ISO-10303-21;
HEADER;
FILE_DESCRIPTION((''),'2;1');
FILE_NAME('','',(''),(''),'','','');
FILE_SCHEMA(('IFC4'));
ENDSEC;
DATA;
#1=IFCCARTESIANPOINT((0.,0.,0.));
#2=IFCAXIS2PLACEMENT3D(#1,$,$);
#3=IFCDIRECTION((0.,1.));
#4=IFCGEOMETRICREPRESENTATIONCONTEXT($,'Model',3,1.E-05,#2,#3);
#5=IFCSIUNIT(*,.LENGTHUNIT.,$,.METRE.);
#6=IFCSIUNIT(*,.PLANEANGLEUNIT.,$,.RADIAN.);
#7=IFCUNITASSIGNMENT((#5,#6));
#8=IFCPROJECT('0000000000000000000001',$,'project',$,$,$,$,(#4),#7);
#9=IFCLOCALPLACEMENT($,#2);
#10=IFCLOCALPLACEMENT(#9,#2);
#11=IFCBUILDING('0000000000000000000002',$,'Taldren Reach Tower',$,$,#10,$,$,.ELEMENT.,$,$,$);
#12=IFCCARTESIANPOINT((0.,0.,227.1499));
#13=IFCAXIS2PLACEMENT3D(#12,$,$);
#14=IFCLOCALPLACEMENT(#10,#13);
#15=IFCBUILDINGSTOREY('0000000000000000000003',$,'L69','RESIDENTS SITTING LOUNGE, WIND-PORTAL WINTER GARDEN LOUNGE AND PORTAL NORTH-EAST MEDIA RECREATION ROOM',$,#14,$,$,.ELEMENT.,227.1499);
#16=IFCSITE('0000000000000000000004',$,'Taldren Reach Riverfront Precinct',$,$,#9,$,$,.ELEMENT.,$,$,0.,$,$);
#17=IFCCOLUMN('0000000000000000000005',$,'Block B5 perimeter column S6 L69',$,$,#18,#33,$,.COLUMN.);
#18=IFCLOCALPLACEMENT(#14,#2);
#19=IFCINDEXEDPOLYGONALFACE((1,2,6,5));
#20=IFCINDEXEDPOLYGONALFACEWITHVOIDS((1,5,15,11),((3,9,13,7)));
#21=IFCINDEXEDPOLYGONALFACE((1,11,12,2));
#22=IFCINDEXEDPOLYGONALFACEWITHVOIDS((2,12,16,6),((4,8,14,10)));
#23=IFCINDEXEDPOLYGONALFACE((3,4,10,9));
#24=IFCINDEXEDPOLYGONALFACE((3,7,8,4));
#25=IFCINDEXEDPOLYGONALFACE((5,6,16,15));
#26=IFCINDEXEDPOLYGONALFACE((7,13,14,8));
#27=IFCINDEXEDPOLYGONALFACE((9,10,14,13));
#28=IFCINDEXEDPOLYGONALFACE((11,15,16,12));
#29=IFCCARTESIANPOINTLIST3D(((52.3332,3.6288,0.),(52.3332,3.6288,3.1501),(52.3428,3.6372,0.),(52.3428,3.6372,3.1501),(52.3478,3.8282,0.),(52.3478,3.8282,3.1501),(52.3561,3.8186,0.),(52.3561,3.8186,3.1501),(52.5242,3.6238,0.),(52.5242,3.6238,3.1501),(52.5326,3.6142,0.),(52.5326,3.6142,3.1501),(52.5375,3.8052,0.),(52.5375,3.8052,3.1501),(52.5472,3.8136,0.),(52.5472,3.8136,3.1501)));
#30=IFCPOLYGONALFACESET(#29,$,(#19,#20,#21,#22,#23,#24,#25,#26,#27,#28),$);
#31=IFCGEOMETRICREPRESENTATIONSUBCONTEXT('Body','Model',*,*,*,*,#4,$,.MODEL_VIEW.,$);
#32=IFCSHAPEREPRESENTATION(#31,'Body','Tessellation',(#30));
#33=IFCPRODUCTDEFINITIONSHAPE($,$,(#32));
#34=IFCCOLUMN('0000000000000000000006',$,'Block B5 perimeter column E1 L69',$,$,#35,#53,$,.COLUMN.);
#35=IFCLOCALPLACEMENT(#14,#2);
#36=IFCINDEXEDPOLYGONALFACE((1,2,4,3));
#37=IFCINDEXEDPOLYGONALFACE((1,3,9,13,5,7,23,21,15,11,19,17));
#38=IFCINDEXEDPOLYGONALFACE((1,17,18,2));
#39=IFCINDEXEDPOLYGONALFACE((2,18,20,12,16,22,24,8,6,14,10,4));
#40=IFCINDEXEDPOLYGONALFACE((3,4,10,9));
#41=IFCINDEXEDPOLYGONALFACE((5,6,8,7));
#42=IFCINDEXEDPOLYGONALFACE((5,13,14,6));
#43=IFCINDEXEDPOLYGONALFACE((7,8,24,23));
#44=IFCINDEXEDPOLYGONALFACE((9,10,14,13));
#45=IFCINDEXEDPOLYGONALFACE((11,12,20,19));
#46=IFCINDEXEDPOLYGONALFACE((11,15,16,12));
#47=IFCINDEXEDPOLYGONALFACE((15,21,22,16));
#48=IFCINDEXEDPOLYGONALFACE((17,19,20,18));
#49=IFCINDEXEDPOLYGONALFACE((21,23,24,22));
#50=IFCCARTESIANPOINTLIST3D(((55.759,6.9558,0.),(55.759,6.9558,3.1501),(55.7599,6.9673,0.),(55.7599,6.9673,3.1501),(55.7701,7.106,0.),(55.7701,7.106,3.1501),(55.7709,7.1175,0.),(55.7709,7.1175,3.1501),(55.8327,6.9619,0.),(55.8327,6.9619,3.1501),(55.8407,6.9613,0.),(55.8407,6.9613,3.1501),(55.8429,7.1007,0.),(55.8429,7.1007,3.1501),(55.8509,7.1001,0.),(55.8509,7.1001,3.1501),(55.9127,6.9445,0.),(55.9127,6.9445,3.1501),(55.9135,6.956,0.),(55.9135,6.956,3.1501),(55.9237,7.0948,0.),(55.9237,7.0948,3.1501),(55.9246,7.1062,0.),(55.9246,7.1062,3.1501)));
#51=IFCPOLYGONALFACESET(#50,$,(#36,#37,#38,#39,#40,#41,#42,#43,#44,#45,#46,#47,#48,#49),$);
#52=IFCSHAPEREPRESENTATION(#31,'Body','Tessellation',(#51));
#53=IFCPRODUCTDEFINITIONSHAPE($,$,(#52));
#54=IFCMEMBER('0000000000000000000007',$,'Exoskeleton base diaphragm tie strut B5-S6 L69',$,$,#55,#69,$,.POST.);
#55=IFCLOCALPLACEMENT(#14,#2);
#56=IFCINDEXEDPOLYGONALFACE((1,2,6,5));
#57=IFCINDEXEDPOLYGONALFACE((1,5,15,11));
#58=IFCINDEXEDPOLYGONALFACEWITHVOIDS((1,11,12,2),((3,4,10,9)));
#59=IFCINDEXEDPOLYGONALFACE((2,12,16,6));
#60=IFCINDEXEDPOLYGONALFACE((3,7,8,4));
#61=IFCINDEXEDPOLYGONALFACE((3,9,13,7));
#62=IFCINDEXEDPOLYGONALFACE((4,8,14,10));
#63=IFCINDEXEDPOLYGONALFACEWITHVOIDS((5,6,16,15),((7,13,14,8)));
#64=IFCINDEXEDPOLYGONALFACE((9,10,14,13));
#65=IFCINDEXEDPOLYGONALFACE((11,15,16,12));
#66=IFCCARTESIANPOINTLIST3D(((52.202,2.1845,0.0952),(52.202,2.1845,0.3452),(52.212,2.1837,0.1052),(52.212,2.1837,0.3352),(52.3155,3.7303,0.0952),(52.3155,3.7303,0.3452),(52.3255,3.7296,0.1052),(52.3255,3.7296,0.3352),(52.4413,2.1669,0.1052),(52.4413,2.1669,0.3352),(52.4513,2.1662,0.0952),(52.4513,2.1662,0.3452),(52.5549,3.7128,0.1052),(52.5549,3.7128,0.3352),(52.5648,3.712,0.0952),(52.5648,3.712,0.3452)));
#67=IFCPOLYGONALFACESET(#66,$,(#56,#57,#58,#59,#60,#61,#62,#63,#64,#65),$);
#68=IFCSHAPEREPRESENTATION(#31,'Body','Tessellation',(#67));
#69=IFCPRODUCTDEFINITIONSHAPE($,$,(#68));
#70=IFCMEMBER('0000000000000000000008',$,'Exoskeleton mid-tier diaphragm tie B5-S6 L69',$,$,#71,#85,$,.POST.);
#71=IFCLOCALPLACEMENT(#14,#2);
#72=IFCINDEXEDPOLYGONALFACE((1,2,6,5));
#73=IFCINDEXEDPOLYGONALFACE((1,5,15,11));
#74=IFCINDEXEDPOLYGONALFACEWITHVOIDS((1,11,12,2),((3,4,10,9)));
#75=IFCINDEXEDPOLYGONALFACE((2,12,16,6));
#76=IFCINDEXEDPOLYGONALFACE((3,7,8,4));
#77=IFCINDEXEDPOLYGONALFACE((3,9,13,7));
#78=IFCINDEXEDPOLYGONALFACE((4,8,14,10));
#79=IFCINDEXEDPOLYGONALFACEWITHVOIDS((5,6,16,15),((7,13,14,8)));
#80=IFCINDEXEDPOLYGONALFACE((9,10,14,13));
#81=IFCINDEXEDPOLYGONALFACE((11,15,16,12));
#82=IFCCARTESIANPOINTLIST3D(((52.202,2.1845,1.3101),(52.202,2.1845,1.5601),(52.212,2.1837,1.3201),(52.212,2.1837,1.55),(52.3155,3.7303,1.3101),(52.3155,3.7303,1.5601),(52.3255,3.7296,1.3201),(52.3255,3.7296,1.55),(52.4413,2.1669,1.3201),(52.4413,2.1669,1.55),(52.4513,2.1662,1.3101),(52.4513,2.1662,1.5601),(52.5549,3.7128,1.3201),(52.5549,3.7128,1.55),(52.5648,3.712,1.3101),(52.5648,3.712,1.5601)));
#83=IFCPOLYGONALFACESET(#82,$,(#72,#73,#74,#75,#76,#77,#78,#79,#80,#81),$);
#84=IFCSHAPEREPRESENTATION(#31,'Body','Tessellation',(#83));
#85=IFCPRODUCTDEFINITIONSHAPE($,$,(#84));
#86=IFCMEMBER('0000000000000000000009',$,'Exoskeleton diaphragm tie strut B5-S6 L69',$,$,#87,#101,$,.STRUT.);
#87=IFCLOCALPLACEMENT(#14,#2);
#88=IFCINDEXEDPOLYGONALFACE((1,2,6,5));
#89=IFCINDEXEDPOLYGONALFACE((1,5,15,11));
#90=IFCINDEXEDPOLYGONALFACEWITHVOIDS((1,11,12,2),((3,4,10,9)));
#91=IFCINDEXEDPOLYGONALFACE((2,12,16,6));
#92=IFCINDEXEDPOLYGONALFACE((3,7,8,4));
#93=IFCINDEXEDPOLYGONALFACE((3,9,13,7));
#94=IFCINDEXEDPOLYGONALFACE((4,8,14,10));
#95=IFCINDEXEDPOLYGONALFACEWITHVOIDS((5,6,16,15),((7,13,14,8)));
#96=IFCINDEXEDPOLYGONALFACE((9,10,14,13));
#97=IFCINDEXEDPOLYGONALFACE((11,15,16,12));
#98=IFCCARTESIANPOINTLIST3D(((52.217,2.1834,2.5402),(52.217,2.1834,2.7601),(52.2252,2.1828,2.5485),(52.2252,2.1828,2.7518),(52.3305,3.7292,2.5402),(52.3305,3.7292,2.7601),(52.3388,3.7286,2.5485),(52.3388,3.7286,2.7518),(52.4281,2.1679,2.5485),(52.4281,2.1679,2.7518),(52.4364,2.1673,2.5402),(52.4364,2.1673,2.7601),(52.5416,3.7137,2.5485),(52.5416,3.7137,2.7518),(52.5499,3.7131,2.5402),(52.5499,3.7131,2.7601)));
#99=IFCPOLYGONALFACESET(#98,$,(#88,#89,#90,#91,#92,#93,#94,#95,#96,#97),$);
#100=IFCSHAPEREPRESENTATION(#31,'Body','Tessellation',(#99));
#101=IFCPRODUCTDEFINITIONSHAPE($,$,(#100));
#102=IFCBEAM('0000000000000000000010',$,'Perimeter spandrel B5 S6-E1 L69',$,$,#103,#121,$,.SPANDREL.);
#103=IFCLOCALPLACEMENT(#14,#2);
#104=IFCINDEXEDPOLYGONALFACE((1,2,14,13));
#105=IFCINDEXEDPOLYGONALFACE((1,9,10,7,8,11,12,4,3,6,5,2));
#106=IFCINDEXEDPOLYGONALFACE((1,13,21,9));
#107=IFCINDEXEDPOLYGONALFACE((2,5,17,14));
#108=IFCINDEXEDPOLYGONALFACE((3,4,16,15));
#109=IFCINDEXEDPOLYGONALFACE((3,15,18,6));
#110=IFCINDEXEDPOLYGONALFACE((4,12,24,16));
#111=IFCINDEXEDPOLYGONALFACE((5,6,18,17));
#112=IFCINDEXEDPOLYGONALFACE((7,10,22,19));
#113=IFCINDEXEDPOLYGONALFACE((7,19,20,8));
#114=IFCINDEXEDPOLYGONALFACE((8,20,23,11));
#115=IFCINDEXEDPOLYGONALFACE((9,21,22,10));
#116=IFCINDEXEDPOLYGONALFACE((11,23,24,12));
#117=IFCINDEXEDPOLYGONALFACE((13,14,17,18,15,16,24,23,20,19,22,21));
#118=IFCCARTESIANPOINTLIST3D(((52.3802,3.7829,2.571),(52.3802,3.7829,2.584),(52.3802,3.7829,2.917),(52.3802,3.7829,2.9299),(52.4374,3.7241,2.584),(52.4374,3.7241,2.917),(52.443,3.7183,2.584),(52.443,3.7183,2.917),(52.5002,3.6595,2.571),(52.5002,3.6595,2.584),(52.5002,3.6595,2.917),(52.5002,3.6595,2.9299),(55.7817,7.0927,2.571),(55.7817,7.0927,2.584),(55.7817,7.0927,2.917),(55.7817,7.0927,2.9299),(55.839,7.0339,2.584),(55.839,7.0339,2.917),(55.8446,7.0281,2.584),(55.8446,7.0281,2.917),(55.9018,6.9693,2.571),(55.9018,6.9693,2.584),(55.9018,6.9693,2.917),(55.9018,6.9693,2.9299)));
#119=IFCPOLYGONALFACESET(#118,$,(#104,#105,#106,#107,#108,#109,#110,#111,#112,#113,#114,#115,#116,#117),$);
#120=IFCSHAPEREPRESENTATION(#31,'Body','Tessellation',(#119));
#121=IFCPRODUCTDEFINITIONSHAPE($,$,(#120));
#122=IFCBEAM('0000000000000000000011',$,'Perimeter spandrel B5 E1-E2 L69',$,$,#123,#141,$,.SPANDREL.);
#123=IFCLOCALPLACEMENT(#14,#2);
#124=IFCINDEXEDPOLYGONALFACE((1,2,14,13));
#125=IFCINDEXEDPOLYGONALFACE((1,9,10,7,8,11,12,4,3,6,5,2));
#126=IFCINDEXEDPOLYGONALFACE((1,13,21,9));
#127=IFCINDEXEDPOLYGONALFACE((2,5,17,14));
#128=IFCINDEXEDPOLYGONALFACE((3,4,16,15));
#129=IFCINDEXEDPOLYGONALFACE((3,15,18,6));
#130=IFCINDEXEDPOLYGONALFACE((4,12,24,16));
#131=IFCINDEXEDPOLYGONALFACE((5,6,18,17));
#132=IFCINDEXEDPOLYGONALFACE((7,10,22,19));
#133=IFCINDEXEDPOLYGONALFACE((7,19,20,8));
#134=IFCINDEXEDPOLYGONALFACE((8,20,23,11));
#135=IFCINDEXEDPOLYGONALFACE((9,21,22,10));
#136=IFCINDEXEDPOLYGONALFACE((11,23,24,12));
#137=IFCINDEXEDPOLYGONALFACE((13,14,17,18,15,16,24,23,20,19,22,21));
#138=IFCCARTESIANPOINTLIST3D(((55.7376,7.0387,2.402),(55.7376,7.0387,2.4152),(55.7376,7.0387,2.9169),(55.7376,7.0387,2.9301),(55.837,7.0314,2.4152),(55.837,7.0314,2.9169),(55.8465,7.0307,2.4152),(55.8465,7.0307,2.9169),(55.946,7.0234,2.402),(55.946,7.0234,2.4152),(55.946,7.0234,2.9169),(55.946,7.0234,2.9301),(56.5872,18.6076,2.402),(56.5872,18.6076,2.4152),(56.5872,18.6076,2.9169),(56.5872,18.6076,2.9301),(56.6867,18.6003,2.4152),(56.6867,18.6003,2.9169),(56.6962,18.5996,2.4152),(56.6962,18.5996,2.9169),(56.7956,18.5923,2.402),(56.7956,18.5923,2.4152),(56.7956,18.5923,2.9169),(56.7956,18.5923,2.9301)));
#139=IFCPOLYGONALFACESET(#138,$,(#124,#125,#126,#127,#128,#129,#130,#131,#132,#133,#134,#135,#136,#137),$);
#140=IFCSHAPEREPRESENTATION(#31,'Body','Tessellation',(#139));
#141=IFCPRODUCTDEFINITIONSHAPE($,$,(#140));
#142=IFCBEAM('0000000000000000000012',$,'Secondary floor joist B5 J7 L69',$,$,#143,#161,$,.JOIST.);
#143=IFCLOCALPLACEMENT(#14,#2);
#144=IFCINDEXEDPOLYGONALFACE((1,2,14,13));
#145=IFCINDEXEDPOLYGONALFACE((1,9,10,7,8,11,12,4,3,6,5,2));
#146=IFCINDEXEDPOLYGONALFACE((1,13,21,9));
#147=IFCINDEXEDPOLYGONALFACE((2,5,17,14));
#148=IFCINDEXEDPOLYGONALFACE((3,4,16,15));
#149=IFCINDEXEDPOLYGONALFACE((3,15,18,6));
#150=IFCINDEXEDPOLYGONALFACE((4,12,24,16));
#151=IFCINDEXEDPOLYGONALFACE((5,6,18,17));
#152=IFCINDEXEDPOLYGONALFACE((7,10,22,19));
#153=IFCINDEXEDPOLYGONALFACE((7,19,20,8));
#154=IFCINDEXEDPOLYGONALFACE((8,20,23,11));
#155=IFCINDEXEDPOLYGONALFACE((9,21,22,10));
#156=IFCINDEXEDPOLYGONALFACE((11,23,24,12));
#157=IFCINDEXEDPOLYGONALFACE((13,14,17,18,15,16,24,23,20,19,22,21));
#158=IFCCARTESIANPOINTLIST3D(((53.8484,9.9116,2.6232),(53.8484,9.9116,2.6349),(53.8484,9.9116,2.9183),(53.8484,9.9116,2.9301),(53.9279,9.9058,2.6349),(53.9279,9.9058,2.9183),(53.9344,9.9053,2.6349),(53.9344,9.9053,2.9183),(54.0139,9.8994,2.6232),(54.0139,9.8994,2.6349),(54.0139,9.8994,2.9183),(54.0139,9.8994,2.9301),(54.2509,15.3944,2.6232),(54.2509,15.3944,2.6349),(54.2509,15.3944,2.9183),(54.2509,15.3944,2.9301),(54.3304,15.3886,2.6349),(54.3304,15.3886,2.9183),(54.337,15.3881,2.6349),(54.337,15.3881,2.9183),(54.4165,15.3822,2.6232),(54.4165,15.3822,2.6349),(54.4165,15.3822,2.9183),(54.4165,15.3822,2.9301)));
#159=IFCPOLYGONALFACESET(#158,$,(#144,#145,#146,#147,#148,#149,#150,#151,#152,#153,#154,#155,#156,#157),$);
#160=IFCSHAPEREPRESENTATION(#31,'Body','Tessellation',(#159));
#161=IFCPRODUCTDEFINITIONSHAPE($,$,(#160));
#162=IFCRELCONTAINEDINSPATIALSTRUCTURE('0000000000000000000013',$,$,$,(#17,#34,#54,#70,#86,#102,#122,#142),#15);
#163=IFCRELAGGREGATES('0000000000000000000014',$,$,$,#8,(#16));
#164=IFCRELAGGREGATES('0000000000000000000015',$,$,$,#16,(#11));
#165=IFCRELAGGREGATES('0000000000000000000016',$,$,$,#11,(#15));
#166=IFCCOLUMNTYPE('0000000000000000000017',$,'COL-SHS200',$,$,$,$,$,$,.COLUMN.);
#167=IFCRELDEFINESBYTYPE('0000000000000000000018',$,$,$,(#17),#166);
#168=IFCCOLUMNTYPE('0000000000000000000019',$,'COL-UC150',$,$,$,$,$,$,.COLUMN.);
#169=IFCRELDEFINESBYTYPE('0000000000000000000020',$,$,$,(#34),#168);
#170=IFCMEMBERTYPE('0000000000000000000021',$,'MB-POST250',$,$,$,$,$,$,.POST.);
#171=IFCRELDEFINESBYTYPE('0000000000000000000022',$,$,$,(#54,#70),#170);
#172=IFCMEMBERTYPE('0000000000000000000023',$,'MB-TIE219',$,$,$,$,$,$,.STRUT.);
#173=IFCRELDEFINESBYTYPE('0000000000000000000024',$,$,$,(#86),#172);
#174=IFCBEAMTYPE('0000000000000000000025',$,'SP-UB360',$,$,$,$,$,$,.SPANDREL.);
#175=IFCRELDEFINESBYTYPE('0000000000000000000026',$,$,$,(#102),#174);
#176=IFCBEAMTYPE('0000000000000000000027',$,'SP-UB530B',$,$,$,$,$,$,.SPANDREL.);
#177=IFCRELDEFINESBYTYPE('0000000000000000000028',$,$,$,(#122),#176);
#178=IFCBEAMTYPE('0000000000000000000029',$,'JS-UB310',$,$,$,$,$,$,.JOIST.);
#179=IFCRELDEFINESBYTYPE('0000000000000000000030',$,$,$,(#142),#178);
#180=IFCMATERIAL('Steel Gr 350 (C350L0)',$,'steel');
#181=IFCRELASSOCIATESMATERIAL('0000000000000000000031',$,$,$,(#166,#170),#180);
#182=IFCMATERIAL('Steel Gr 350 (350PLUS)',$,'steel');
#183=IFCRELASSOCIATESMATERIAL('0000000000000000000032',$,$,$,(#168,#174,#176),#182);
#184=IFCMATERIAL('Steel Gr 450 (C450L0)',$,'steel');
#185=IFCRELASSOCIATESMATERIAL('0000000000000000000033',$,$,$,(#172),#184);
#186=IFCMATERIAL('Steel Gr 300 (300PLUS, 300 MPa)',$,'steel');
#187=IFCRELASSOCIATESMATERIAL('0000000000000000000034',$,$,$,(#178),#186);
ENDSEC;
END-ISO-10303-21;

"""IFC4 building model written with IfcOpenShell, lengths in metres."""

from ifc_helpers import new_model, si_unit, direction, frame, origin, origin_2d, place, context, subcontext, project, spatial, hollow_rectangle, i_section, extrude, source, transform, mapped, material, material_profile, profile_set, type_object, element, save


model = new_model("IFC4")

# Units and contexts
model_context = context("Model", 3, precision=1e-05, world=origin(), true_north=direction((0.0, 1.0)))
body_context = subcontext(model_context, "Body", "Model", "MODEL_VIEW")
ifc_project = project(units=[si_unit("LENGTHUNIT", "METRE"), si_unit("PLANEANGLEUNIT", "RADIAN")], contexts=[model_context])

# Site, building, storey
site_placement = place(None, origin())
site = spatial("IfcSite", under=ifc_project, at=site_placement, Name="Taldren Reach Riverfront Precinct", CompositionType="ELEMENT", RefElevation=0.0)
building_placement = place(site_placement, origin())
building = spatial("IfcBuilding", under=site, at=building_placement, Name="Taldren Reach Tower", CompositionType="ELEMENT")
storey_placement = place(building_placement, frame((0.0, 0.0, 227.1499)))
storey = spatial("IfcBuildingStorey", under=building, at=storey_placement, Name="L69", Description="RESIDENTS SITTING LOUNGE, WIND-PORTAL WINTER GARDEN LOUNGE AND PORTAL NORTH-EAST MEDIA RECREATION ROOM", CompositionType="ELEMENT", Elevation=227.1499)

# Columns
ifc_material_1 = material(Name="Steel Gr 350 (C350L0)", Category="steel")
ifc_material_profile_1 = material_profile(ifc_material_1, hollow_rectangle(XDim=0.2, YDim=0.2, WallThickness=0.009, at=origin_2d()), Name="200x200x9.0SHS")
ifc_profile_set_1 = profile_set([ifc_material_profile_1], Name="Steel Gr 350 (C350L0)")
column_type_1 = type_object("IfcColumnType", Name="COL-SHS200", PredefinedType="COLUMN", material=ifc_profile_set_1)
shared_shape_1 = source(origin(), body_context, "Body", "SweptSolid", [
    extrude(hollow_rectangle(XDim=0.2, YDim=0.2, WallThickness=0.009, at=origin_2d()), origin(), (0.0, 0.0, 1.0), 3.1501),
])
column_1_placement = place(storey_placement, frame((52.4402, 3.7212, 0.0), z_axis=(0.0, 0.0, 1.0), x_axis=(0.997314, -0.073238, 0.0)))
element("IfcColumn", 1, at=column_1_placement, inside=storey, type_object=column_type_1, Name="Block B5 perimeter column S6 L69", PredefinedType="COLUMN", context=body_context, shape_type="MappedRepresentation", body=[
    mapped(shared_shape_1, transform((0.0, 0.0, 0.0), scale=1.0)),
])
ifc_material_2 = material(Name="Steel Gr 350 (350PLUS)", Category="steel")
ifc_material_profile_2 = material_profile(ifc_material_2, i_section(OverallWidth=0.1541, OverallDepth=0.1621, WebThickness=0.0081, FlangeThickness=0.0115, at=origin_2d()), Name="150UC37.2")
ifc_profile_set_2 = profile_set([ifc_material_profile_2], Name="Steel Gr 350 (350PLUS)")
column_type_2 = type_object("IfcColumnType", Name="COL-UC150", PredefinedType="COLUMN", material=ifc_profile_set_2)
shared_shape_2 = source(origin(), body_context, "Body", "SweptSolid", [
    extrude(i_section(OverallWidth=0.1541, OverallDepth=0.1621, WebThickness=0.0081, FlangeThickness=0.0115, at=origin_2d()), origin(), (0.0, 0.0, 1.0), 3.1501),
])
column_2_placement = place(storey_placement, frame((55.8418, 7.031, 0.0), z_axis=(0.0, 0.0, 1.0), x_axis=(0.997314, -0.073238, 0.0)))
element("IfcColumn", 2, at=column_2_placement, inside=storey, type_object=column_type_2, Name="Block B5 perimeter column E1 L69", PredefinedType="COLUMN", context=body_context, shape_type="MappedRepresentation", body=[
    mapped(shared_shape_2, transform((0.0, 0.0, 0.0), scale=1.0)),
])

# Members
ifc_material_profile_3 = material_profile(ifc_material_1, hollow_rectangle(XDim=0.25, YDim=0.25, WallThickness=0.01, at=origin_2d()), Name="250x250x10.0SHS")
ifc_profile_set_3 = profile_set([ifc_material_profile_3], Name="Steel Gr 350 (C350L0)")
member_type_1 = type_object("IfcMemberType", Name="MB-POST250", PredefinedType="POST", material=ifc_profile_set_3)
shared_shape_3 = source(origin(), body_context, "Body", "SweptSolid", [
    extrude(hollow_rectangle(XDim=0.25, YDim=0.25, WallThickness=0.01, at=origin_2d()), origin(), (0.0, 0.0, 1.0), 1.55),
])
for number, where, z_axis, x_axis, name in (
    (3, (52.4402, 3.7212, 0.2202), (-0.073239, -0.997314, 0.0), (0.997314, -0.073239, 0.0), "Exoskeleton base diaphragm tie strut B5-S6 L69"),
    (4, (52.4402, 3.7212, 1.4351), (-0.073239, -0.997314, 0.0), (0.997314, -0.073239, 0.0), "Exoskeleton mid-tier diaphragm tie B5-S6 L69"),
):
    element("IfcMember", number, at=place(storey_placement, frame(where, z_axis=z_axis, x_axis=x_axis)), inside=storey, type_object=member_type_1, Name=name, PredefinedType="POST", context=body_context, shape_type="MappedRepresentation", body=[
        mapped(shared_shape_3, transform((0.0, 0.0, 0.0), scale=1.0)),
    ])
ifc_material_3 = material(Name="Steel Gr 450 (C450L0)", Category="steel")
ifc_material_profile_4 = material_profile(ifc_material_3, hollow_rectangle(XDim=0.22, YDim=0.22, WallThickness=0.0083, at=origin_2d()), Name="220x220x8.2SHS")
ifc_profile_set_4 = profile_set([ifc_material_profile_4], Name="Steel Gr 450 (C450L0)")
member_type_2 = type_object("IfcMemberType", Name="MB-TIE219", PredefinedType="STRUT", material=ifc_profile_set_4)
shared_shape_4 = source(origin(), body_context, "Body", "SweptSolid", [
    extrude(hollow_rectangle(XDim=0.22, YDim=0.22, WallThickness=0.0083, at=origin_2d()), origin(), (0.0, 0.0, 1.0), 1.55),
])
member_1_placement = place(storey_placement, frame((52.4402, 3.7212, 2.6501), z_axis=(-0.073239, -0.997314, 0.0), x_axis=(0.997314, -0.073239, 0.0)))
element("IfcMember", 5, at=member_1_placement, inside=storey, type_object=member_type_2, Name="Exoskeleton diaphragm tie strut B5-S6 L69", PredefinedType="STRUT", context=body_context, shape_type="MappedRepresentation", body=[
    mapped(shared_shape_4, transform((0.0, 0.0, 0.0), scale=1.0)),
])

# Beams
ifc_material_profile_5 = material_profile(ifc_material_2, i_section(OverallWidth=0.1721, OverallDepth=0.3589, WebThickness=0.0081, FlangeThickness=0.0129, at=origin_2d()), Name="360UB56.7")
ifc_profile_set_5 = profile_set([ifc_material_profile_5], Name="Steel Gr 350 (350PLUS)")
beam_type_1 = type_object("IfcBeamType", Name="SP-UB360", PredefinedType="SPANDREL", material=ifc_profile_set_5)
shared_shape_5 = source(origin(), body_context, "Body", "SweptSolid", [
    extrude(i_section(OverallWidth=0.1721, OverallDepth=0.3589, WebThickness=0.0081, FlangeThickness=0.0129, at=origin_2d()), origin(), (0.0, 0.0, 1.0), 4.7461),
])
beam_1_placement = place(storey_placement, frame((52.4402, 3.7212, 2.7505), z_axis=(0.716711, 0.69737, 0.0), x_axis=(-0.69737, 0.716711, 0.0)))
element("IfcBeam", 6, at=beam_1_placement, inside=storey, type_object=beam_type_1, Name="Perimeter spandrel B5 S6-E1 L69", PredefinedType="SPANDREL", context=body_context, shape_type="MappedRepresentation", body=[
    mapped(shared_shape_5, transform((0.0, 0.0, 0.0), scale=1.0)),
])
ifc_material_profile_6 = material_profile(ifc_material_2, i_section(OverallWidth=0.209, OverallDepth=0.5281, WebThickness=0.0095, FlangeThickness=0.0132, at=origin_2d()), Name="530UB82.0")
ifc_profile_set_6 = profile_set([ifc_material_profile_6], Name="Steel Gr 350 (350PLUS)")
beam_type_2 = type_object("IfcBeamType", Name="SP-UB530B", PredefinedType="SPANDREL", material=ifc_profile_set_6)
shared_shape_6 = source(origin(), body_context, "Body", "SweptSolid", [
    extrude(i_section(OverallWidth=0.209, OverallDepth=0.5281, WebThickness=0.0095, FlangeThickness=0.0132, at=origin_2d()), origin(), (0.0, 0.0, 1.0), 11.6001),
])
beam_2_placement = place(storey_placement, frame((55.8418, 7.031, 2.666), z_axis=(0.073242, 0.997314, 0.0), x_axis=(-0.997314, 0.073242, 0.0)))
element("IfcBeam", 7, at=beam_2_placement, inside=storey, type_object=beam_type_2, Name="Perimeter spandrel B5 E1-E2 L69", PredefinedType="SPANDREL", context=body_context, shape_type="MappedRepresentation", body=[
    mapped(shared_shape_6, transform((0.0, 0.0, 0.0), scale=1.0)),
])
ifc_material_4 = material(Name="Steel Gr 300 (300PLUS, 300 MPa)", Category="steel")
ifc_material_profile_7 = material_profile(ifc_material_4, i_section(OverallWidth=0.166, OverallDepth=0.3069, WebThickness=0.0066, FlangeThickness=0.0117, at=origin_2d()), Name="310UB46.2")
ifc_profile_set_7 = profile_set([ifc_material_profile_7], Name="Steel Gr 300 (300PLUS, 300 MPa)")
beam_type_3 = type_object("IfcBeamType", Name="JS-UB310", PredefinedType="JOIST", material=ifc_profile_set_7)
shared_shape_7 = source(origin(), body_context, "Body", "SweptSolid", [
    extrude(i_section(OverallWidth=0.166, OverallDepth=0.3069, WebThickness=0.0066, FlangeThickness=0.0117, at=origin_2d()), origin(), (0.0, 0.0, 1.0), 5.4976),
])
beam_3_placement = place(storey_placement, frame((53.9312, 9.9055, 2.7766), z_axis=(0.073229, 0.997315, 0.0), x_axis=(-0.997315, 0.073229, 0.0)))
element("IfcBeam", 8, at=beam_3_placement, inside=storey, type_object=beam_type_3, Name="Secondary floor joist B5 J7 L69", PredefinedType="JOIST", context=body_context, shape_type="MappedRepresentation", body=[
    mapped(shared_shape_7, transform((0.0, 0.0, 0.0), scale=1.0)),
])

save(model, "model.ifc")
